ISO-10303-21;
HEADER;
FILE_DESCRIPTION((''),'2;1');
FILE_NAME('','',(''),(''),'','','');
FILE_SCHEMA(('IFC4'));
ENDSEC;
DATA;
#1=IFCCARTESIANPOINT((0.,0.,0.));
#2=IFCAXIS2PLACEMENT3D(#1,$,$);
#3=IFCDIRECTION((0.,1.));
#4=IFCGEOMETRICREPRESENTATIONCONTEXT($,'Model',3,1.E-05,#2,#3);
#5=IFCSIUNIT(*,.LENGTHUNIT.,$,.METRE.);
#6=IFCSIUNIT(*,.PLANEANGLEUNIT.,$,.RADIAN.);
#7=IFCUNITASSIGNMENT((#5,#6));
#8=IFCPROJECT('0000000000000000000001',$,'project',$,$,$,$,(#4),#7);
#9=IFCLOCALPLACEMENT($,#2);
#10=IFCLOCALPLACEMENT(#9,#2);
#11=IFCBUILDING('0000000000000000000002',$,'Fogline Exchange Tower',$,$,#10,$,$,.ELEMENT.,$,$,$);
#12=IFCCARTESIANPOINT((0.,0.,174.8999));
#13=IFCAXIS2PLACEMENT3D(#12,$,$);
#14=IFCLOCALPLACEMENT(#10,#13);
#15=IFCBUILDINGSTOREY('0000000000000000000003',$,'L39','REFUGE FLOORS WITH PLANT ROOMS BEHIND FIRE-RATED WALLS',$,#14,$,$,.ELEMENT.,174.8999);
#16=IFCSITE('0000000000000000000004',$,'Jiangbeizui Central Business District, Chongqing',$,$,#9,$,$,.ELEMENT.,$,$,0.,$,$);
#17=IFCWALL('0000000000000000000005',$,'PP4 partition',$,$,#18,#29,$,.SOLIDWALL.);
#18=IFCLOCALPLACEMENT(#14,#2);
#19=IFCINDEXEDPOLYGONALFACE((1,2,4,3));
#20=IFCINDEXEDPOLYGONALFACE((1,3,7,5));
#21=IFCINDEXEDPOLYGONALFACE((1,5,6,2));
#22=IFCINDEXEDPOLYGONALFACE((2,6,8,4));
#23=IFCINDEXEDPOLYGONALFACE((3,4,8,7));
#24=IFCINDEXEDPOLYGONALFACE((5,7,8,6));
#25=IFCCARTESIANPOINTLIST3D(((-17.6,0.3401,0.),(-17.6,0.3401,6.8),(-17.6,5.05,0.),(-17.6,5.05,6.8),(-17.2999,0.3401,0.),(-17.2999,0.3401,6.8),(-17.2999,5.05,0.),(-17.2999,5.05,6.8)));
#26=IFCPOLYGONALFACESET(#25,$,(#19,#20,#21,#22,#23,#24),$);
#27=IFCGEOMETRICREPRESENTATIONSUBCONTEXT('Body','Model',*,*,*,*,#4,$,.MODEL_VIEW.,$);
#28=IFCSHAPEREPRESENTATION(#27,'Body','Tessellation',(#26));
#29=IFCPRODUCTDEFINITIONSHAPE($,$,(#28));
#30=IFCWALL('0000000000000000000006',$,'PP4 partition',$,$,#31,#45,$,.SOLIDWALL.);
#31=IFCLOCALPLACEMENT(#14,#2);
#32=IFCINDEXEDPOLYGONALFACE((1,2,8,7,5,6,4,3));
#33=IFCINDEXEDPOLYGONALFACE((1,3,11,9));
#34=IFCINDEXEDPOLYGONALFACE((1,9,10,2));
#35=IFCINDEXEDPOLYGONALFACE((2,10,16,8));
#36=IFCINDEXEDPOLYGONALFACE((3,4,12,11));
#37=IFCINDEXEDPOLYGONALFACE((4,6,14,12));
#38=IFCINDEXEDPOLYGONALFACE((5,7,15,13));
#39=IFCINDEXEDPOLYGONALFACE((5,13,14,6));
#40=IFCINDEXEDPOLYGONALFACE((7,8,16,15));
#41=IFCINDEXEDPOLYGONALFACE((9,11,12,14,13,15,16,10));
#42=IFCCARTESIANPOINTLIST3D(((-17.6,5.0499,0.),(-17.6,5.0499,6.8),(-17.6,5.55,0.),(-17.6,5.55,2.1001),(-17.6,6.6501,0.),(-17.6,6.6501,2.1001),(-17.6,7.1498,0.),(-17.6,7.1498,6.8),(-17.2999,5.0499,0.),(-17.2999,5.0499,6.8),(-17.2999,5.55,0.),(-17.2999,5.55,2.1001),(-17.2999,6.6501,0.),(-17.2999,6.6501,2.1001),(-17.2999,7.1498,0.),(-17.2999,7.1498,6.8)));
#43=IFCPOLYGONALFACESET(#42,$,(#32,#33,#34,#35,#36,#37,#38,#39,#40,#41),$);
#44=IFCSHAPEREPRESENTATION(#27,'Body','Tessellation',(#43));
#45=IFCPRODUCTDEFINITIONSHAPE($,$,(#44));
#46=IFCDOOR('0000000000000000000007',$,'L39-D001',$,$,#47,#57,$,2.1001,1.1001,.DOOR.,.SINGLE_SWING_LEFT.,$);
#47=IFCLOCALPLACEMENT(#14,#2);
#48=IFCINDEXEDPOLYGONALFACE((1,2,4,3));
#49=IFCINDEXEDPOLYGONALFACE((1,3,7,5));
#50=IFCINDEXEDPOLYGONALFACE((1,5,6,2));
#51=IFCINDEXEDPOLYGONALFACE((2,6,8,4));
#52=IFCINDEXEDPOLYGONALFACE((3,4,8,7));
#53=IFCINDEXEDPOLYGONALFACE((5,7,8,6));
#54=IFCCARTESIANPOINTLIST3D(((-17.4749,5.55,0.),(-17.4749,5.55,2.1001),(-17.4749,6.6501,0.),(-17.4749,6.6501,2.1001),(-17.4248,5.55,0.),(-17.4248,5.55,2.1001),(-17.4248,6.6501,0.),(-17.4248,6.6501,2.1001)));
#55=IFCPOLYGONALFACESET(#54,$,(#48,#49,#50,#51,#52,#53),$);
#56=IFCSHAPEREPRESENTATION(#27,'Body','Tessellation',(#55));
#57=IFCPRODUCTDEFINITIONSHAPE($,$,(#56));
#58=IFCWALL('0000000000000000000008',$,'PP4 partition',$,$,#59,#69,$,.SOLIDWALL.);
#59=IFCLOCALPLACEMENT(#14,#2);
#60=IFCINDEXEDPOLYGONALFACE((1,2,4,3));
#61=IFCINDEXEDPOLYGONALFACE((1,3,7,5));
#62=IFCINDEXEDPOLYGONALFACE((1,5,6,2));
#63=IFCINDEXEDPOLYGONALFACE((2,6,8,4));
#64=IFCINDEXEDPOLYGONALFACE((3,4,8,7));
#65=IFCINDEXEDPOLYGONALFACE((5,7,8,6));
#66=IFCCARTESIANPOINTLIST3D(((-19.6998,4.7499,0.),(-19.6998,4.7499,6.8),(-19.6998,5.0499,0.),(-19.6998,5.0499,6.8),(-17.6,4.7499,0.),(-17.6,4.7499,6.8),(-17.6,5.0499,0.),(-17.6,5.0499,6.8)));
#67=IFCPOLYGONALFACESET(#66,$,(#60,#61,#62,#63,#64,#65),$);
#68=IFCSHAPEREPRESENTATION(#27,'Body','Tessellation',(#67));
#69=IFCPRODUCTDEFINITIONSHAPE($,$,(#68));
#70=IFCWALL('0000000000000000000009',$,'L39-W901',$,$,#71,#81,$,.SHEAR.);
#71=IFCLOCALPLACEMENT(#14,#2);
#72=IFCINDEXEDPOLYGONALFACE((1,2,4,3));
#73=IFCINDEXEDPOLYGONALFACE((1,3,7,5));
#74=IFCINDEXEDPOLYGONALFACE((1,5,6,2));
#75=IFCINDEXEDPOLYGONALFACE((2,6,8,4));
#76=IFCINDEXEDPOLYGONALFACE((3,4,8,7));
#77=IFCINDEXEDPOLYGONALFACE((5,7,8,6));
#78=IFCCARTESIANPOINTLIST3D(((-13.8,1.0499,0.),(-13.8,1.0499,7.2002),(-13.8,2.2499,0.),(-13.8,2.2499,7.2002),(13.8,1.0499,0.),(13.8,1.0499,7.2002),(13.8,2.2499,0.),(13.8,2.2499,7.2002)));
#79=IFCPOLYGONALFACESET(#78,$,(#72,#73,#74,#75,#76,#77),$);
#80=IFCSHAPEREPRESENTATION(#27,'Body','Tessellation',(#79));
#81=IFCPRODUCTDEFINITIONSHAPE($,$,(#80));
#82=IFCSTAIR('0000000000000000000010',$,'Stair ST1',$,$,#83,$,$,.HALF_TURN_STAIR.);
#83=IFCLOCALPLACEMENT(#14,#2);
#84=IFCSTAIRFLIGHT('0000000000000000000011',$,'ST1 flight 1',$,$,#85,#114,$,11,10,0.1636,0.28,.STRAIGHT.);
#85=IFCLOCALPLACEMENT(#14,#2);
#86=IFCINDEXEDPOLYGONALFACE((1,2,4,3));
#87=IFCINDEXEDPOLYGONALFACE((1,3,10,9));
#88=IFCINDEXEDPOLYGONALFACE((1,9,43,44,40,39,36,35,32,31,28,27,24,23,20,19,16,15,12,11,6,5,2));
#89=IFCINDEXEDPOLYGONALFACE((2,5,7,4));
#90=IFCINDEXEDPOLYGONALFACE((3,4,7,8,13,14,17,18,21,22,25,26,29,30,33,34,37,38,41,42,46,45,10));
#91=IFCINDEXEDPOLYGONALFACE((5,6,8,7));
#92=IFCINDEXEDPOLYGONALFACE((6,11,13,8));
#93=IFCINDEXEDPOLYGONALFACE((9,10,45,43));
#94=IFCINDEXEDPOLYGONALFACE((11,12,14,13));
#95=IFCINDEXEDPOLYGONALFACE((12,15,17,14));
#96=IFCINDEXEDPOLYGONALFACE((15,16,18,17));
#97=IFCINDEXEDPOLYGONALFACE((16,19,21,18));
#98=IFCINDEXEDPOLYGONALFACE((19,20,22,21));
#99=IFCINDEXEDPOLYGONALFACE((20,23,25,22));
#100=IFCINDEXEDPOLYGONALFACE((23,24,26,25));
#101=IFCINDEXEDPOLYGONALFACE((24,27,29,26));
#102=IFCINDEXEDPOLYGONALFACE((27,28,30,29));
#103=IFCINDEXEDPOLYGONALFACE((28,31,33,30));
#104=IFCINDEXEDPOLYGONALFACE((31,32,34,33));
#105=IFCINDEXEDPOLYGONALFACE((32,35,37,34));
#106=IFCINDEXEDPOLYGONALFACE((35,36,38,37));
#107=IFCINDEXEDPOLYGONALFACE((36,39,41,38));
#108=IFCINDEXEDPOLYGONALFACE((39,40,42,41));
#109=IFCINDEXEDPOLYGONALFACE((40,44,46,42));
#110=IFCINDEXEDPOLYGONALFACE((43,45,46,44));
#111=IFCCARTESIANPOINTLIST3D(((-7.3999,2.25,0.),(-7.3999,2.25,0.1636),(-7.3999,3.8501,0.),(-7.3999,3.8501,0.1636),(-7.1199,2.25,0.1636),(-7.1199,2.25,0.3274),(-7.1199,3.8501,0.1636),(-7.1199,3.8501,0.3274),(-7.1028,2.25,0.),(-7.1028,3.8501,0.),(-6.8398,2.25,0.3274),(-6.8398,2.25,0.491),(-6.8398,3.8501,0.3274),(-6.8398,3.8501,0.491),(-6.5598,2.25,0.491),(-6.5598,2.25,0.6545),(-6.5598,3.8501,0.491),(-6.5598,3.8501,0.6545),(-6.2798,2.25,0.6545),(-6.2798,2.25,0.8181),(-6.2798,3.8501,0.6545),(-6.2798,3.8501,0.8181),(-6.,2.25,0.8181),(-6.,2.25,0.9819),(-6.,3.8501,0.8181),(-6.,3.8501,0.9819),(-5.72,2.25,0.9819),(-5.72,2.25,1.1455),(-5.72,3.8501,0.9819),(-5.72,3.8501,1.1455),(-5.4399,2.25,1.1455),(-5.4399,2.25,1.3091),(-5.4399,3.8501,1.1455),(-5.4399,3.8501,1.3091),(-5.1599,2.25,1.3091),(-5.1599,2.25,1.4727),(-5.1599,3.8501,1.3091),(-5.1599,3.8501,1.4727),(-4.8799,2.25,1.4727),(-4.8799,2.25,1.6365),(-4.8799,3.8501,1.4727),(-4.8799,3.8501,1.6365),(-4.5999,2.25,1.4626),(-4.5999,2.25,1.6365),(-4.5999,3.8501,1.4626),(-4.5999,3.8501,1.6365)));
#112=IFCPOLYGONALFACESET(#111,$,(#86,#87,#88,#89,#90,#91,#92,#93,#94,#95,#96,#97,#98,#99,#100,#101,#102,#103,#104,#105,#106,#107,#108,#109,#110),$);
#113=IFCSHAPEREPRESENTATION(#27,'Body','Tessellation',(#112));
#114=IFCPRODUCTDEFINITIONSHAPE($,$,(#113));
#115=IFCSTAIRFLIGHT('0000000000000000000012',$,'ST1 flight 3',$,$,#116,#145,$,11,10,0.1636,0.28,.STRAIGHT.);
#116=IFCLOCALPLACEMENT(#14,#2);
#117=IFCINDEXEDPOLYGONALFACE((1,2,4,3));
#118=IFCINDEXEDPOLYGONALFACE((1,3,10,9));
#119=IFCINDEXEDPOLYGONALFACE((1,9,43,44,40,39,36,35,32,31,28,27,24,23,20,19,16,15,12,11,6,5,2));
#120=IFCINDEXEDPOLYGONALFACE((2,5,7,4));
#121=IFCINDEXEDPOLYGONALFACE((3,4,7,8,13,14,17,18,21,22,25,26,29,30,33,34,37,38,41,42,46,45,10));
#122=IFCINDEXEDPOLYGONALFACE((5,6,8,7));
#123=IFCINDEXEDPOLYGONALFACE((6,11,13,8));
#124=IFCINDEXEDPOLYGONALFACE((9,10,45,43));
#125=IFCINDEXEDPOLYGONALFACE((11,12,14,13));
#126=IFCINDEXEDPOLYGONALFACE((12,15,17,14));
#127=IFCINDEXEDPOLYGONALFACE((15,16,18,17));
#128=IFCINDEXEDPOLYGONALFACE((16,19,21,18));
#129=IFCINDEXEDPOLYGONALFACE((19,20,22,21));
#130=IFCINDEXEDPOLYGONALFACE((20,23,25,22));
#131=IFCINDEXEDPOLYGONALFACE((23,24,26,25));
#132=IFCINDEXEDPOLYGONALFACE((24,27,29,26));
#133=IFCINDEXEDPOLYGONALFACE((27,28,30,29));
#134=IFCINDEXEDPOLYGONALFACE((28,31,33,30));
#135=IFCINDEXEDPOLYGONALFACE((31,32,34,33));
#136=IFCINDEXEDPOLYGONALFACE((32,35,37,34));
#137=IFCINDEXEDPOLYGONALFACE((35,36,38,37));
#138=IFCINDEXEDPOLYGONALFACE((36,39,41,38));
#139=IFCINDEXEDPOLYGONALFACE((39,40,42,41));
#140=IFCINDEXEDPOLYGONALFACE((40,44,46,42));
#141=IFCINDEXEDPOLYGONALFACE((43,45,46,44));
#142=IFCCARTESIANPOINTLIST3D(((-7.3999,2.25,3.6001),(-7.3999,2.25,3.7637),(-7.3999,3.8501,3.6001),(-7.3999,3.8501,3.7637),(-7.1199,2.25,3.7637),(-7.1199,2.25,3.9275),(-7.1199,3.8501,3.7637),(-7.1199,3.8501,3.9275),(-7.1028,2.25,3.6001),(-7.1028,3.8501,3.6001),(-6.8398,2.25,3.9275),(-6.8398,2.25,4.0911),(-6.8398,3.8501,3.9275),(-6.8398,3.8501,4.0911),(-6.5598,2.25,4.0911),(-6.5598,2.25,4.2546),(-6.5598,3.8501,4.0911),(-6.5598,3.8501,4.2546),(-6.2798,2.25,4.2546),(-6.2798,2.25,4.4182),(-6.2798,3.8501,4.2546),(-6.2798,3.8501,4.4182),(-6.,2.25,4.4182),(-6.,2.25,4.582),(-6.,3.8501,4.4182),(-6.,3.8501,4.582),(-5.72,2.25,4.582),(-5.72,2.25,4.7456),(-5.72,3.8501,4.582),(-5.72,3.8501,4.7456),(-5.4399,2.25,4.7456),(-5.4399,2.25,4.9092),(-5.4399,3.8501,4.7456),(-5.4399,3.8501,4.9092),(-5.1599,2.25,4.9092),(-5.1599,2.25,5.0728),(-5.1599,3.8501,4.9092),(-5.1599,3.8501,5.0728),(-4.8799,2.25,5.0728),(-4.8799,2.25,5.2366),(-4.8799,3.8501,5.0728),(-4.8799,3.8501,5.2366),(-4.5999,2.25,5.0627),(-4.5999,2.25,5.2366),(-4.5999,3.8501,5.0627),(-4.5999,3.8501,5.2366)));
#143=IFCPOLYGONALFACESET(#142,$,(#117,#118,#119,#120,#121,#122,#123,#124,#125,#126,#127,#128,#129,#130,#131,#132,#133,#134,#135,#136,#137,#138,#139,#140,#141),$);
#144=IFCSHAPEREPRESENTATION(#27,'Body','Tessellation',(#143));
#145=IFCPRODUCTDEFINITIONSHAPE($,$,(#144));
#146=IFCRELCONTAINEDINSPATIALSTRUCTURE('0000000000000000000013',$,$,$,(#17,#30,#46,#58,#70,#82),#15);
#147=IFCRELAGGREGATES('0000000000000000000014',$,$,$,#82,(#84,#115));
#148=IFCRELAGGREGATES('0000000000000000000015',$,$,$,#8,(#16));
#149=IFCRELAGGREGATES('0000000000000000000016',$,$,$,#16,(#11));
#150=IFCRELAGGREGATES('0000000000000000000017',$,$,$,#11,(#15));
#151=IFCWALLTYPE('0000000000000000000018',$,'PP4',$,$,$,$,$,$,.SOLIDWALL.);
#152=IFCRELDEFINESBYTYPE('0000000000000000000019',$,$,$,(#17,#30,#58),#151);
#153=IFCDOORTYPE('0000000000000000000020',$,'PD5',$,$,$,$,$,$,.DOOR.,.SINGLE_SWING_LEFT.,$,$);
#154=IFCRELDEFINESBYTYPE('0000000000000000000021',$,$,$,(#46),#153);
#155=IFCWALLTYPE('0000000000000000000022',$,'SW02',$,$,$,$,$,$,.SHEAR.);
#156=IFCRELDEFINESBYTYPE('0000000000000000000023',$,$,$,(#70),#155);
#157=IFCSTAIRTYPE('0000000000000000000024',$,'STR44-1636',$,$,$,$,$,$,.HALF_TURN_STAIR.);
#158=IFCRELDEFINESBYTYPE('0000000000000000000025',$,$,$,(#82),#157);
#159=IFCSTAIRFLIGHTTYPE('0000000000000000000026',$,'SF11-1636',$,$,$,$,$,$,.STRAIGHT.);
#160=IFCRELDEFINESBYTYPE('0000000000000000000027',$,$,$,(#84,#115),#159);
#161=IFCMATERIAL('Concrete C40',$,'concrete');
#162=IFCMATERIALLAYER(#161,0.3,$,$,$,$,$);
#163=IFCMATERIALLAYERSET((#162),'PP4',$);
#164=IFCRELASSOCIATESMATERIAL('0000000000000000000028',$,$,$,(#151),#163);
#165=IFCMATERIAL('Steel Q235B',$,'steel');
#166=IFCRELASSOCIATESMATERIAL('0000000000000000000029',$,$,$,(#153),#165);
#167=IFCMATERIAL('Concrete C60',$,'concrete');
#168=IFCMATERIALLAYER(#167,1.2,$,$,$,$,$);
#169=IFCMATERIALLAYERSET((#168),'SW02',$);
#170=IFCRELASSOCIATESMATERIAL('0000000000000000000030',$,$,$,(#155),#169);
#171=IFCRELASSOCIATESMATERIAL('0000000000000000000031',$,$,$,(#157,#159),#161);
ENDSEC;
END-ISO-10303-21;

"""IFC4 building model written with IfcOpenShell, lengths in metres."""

from ifc_helpers import new_model, si_unit, direction, frame, frame_2d, origin, place, context, subcontext, project, spatial, polyline, rectangle, outline, extrude, material, layer, layer_set, type_object, element, fill, aggregate, save


model = new_model("IFC4")

# Units and contexts
model_context = context("Model", 3, precision=1e-05, world=origin(), true_north=direction((0.0, 1.0)))
body_context = subcontext(model_context, "Body", "Model", "MODEL_VIEW")
ifc_project = project(units=[si_unit("LENGTHUNIT", "METRE"), si_unit("PLANEANGLEUNIT", "RADIAN")], contexts=[model_context])

# Site, building, storey
site_placement = place(None, origin())
site = spatial("IfcSite", under=ifc_project, at=site_placement, Name="Jiangbeizui Central Business District, Chongqing", CompositionType="ELEMENT", RefElevation=0.0)
building_placement = place(site_placement, origin())
building = spatial("IfcBuilding", under=site, at=building_placement, Name="Fogline Exchange Tower", CompositionType="ELEMENT")
storey_placement = place(building_placement, frame((0.0, 0.0, 174.8999)))
storey = spatial("IfcBuildingStorey", under=building, at=storey_placement, Name="L39", Description="REFUGE FLOORS WITH PLANT ROOMS BEHIND FIRE-RATED WALLS", CompositionType="ELEMENT", Elevation=174.8999)

# Shared definitions
ifc_material_1 = material(Name="Concrete C40", Category="concrete")

# Wall
ifc_layer_1 = layer(ifc_material_1, 0.3)
ifc_layer_set_1 = layer_set([ifc_layer_1], Name="PP4")
wall_type_1 = type_object("IfcWallType", Name="PP4", PredefinedType="SOLIDWALL", material=ifc_layer_set_1)
wall_1_placement = place(storey_placement, frame((-17.45, 0.3401, 0.0), z_axis=(0.0, 0.0, 1.0), x_axis=(0.0, 1.0, 0.0)))
element("IfcWall", 1, at=wall_1_placement, inside=storey, type_object=wall_type_1, Name="PP4 partition", PredefinedType="SOLIDWALL", context=body_context, shape_type="SweptSolid", body=[
    extrude(rectangle(XDim=4.71, YDim=0.3, at=frame_2d((2.355, 0.0))), origin(), (0.0, 0.0, 1.0), 6.8),
])

# Wall, opening, door
wall_2_placement = place(storey_placement, frame((-17.45, 5.05, 0.0), z_axis=(0.0, 0.0, 1.0), x_axis=(0.0, 1.0, 0.0)))
wall_2 = element("IfcWall", 2, at=wall_2_placement, inside=storey, type_object=wall_type_1, Name="PP4 partition", PredefinedType="SOLIDWALL", context=body_context, shape_type="SweptSolid", body=[
    extrude(rectangle(XDim=2.0999, YDim=0.3, at=frame_2d((1.0498, 0.0))), origin(), (0.0, 0.0, 1.0), 6.8),
])
opening_1_placement = place(wall_2_placement, frame((0.5, 0.0, 0.0)))
opening_1 = element("IfcOpeningElement", 3, at=opening_1_placement, cuts=wall_2, PredefinedType="OPENING", context=body_context, shape_type="SweptSolid", body=[
    extrude(rectangle(XDim=1.1001, YDim=2.1001, at=frame_2d((0.55, 1.05))), frame((0.0, 0.1602, 0.0), z_axis=(0.0, -1.0, 0.0), x_axis=(1.0, 0.0, 0.0)), (0.0, 0.0, 1.0), 0.3201),
])
ifc_material_2 = material(Name="Steel Q235B", Category="steel")
door_type_1 = type_object("IfcDoorType", Name="PD5", OperationType="SINGLE_SWING_LEFT", PredefinedType="DOOR", material=ifc_material_2)
door_1_placement = place(opening_1_placement, origin())
door_1 = element("IfcDoor", 4, at=door_1_placement, inside=storey, type_object=door_type_1, Name="L39-D001", OperationType="SINGLE_SWING_LEFT", OverallHeight=2.1001, OverallWidth=1.1001, PredefinedType="DOOR", context=body_context, shape_type="SweptSolid", body=[
    extrude(rectangle(XDim=1.1001, YDim=2.1001, at=frame_2d((0.55, 1.05))), frame((0.0, 0.0249, 0.0), z_axis=(0.0, -1.0, 0.0), x_axis=(1.0, 0.0, 0.0)), (0.0, 0.0, 1.0), 0.05),
])
fill(opening_1, door_1)

# Walls
wall_3_placement = place(storey_placement, frame((-17.6001, 4.8999, 0.0), z_axis=(0.0, 0.0, 1.0), x_axis=(-1.0, 0.0, 0.0)))
element("IfcWall", 5, at=wall_3_placement, inside=storey, type_object=wall_type_1, Name="PP4 partition", PredefinedType="SOLIDWALL", context=body_context, shape_type="SweptSolid", body=[
    extrude(rectangle(XDim=2.0999, YDim=0.3, at=frame_2d((1.0498, 0.0))), origin(), (0.0, 0.0, 1.0), 6.8),
])
ifc_material_3 = material(Name="Concrete C60", Category="concrete")
ifc_layer_2 = layer(ifc_material_3, 1.2)
ifc_layer_set_2 = layer_set([ifc_layer_2], Name="SW02")
wall_type_2 = type_object("IfcWallType", Name="SW02", PredefinedType="SHEAR", material=ifc_layer_set_2)
wall_4_placement = place(storey_placement, frame((-13.8, 1.6499, 0.0), z_axis=(0.0, 0.0, 1.0), x_axis=(1.0, 0.0, 0.0)))
element("IfcWall", 6, at=wall_4_placement, inside=storey, type_object=wall_type_2, Name="L39-W901", PredefinedType="SHEAR", context=body_context, shape_type="SweptSolid", body=[
    extrude(rectangle(XDim=27.6001, YDim=1.2, at=frame_2d((13.8, 0.0))), origin(), (0.0, 0.0, 1.0), 7.2002),
])

# Stair, stair flights
stair_type = type_object("IfcStairType", Name="STR44-1636", PredefinedType="HALF_TURN_STAIR", material=ifc_material_1)
stair_placement = place(storey_placement, origin())
stair = element("IfcStair", 7, at=stair_placement, inside=storey, type_object=stair_type, Name="Stair ST1", PredefinedType="HALF_TURN_STAIR")
stair_flight_type = type_object("IfcStairFlightType", Name="SF11-1636", PredefinedType="STRAIGHT", material=ifc_material_1)
stair_flight_1_placement = place(storey_placement, frame((-7.3999, 3.05, 0.0), z_axis=(0.0, 0.0, 1.0), x_axis=(1.0, 0.0, 0.0)))
stair_flight_1 = element("IfcStairFlight", 8, at=stair_flight_1_placement, type_object=stair_flight_type, Name="ST1 flight 1", NumberOfRisers=11, NumberOfTreads=10, PredefinedType="STRAIGHT", RiserHeight=0.1636, TreadLength=0.28, context=body_context, shape_type="SweptSolid", body=[
    extrude(outline(polyline([(0.0, 0.0), (0.0, 0.1636), (0.28, 0.1636), (0.28, 0.3274), (0.5601, 0.3274), (0.5601, 0.491), (0.8401, 0.491), (0.8401, 0.6545), (1.1201, 0.6545), (1.1201, 0.8181), (1.3999, 0.8181), (1.3999, 0.9819), (1.6799, 0.9819), (1.6799, 1.1455), (1.96, 1.1455), (1.96, 1.3091), (2.24, 1.3091), (2.24, 1.4727), (2.52, 1.4727), (2.52, 1.6365), (2.8, 1.6365), (2.8, 1.8), (2.8, 1.4626), (0.2971, 0.0), (0.0, 0.0)])), frame((0.0, 0.8, 0.0), z_axis=(0.0, -1.0, 0.0), x_axis=(1.0, 0.0, 0.0)), (0.0, 0.0, 1.0), 1.6001),
])
stair_flight_2_placement = place(storey_placement, frame((-7.3999, 3.05, 3.6001), z_axis=(0.0, 0.0, 1.0), x_axis=(1.0, 0.0, 0.0)))
stair_flight_2 = element("IfcStairFlight", 9, at=stair_flight_2_placement, type_object=stair_flight_type, Name="ST1 flight 3", NumberOfRisers=11, NumberOfTreads=10, PredefinedType="STRAIGHT", RiserHeight=0.1636, TreadLength=0.28, context=body_context, shape_type="SweptSolid", body=[
    extrude(outline(polyline([(0.0, 0.0), (0.0, 0.1636), (0.28, 0.1636), (0.28, 0.3274), (0.5601, 0.3274), (0.5601, 0.491), (0.8401, 0.491), (0.8401, 0.6545), (1.1201, 0.6545), (1.1201, 0.8181), (1.3999, 0.8181), (1.3999, 0.9819), (1.6799, 0.9819), (1.6799, 1.1455), (1.96, 1.1455), (1.96, 1.3091), (2.24, 1.3091), (2.24, 1.4727), (2.52, 1.4727), (2.52, 1.6365), (2.8, 1.6365), (2.8, 1.8), (2.8, 1.4626), (0.2971, 0.0), (0.0, 0.0)])), frame((0.0, 0.8, 0.0), z_axis=(0.0, -1.0, 0.0), x_axis=(1.0, 0.0, 0.0)), (0.0, 0.0, 1.0), 1.6001),
])
aggregate(stair, [stair_flight_1, stair_flight_2])

save(model, "model.ifc")
